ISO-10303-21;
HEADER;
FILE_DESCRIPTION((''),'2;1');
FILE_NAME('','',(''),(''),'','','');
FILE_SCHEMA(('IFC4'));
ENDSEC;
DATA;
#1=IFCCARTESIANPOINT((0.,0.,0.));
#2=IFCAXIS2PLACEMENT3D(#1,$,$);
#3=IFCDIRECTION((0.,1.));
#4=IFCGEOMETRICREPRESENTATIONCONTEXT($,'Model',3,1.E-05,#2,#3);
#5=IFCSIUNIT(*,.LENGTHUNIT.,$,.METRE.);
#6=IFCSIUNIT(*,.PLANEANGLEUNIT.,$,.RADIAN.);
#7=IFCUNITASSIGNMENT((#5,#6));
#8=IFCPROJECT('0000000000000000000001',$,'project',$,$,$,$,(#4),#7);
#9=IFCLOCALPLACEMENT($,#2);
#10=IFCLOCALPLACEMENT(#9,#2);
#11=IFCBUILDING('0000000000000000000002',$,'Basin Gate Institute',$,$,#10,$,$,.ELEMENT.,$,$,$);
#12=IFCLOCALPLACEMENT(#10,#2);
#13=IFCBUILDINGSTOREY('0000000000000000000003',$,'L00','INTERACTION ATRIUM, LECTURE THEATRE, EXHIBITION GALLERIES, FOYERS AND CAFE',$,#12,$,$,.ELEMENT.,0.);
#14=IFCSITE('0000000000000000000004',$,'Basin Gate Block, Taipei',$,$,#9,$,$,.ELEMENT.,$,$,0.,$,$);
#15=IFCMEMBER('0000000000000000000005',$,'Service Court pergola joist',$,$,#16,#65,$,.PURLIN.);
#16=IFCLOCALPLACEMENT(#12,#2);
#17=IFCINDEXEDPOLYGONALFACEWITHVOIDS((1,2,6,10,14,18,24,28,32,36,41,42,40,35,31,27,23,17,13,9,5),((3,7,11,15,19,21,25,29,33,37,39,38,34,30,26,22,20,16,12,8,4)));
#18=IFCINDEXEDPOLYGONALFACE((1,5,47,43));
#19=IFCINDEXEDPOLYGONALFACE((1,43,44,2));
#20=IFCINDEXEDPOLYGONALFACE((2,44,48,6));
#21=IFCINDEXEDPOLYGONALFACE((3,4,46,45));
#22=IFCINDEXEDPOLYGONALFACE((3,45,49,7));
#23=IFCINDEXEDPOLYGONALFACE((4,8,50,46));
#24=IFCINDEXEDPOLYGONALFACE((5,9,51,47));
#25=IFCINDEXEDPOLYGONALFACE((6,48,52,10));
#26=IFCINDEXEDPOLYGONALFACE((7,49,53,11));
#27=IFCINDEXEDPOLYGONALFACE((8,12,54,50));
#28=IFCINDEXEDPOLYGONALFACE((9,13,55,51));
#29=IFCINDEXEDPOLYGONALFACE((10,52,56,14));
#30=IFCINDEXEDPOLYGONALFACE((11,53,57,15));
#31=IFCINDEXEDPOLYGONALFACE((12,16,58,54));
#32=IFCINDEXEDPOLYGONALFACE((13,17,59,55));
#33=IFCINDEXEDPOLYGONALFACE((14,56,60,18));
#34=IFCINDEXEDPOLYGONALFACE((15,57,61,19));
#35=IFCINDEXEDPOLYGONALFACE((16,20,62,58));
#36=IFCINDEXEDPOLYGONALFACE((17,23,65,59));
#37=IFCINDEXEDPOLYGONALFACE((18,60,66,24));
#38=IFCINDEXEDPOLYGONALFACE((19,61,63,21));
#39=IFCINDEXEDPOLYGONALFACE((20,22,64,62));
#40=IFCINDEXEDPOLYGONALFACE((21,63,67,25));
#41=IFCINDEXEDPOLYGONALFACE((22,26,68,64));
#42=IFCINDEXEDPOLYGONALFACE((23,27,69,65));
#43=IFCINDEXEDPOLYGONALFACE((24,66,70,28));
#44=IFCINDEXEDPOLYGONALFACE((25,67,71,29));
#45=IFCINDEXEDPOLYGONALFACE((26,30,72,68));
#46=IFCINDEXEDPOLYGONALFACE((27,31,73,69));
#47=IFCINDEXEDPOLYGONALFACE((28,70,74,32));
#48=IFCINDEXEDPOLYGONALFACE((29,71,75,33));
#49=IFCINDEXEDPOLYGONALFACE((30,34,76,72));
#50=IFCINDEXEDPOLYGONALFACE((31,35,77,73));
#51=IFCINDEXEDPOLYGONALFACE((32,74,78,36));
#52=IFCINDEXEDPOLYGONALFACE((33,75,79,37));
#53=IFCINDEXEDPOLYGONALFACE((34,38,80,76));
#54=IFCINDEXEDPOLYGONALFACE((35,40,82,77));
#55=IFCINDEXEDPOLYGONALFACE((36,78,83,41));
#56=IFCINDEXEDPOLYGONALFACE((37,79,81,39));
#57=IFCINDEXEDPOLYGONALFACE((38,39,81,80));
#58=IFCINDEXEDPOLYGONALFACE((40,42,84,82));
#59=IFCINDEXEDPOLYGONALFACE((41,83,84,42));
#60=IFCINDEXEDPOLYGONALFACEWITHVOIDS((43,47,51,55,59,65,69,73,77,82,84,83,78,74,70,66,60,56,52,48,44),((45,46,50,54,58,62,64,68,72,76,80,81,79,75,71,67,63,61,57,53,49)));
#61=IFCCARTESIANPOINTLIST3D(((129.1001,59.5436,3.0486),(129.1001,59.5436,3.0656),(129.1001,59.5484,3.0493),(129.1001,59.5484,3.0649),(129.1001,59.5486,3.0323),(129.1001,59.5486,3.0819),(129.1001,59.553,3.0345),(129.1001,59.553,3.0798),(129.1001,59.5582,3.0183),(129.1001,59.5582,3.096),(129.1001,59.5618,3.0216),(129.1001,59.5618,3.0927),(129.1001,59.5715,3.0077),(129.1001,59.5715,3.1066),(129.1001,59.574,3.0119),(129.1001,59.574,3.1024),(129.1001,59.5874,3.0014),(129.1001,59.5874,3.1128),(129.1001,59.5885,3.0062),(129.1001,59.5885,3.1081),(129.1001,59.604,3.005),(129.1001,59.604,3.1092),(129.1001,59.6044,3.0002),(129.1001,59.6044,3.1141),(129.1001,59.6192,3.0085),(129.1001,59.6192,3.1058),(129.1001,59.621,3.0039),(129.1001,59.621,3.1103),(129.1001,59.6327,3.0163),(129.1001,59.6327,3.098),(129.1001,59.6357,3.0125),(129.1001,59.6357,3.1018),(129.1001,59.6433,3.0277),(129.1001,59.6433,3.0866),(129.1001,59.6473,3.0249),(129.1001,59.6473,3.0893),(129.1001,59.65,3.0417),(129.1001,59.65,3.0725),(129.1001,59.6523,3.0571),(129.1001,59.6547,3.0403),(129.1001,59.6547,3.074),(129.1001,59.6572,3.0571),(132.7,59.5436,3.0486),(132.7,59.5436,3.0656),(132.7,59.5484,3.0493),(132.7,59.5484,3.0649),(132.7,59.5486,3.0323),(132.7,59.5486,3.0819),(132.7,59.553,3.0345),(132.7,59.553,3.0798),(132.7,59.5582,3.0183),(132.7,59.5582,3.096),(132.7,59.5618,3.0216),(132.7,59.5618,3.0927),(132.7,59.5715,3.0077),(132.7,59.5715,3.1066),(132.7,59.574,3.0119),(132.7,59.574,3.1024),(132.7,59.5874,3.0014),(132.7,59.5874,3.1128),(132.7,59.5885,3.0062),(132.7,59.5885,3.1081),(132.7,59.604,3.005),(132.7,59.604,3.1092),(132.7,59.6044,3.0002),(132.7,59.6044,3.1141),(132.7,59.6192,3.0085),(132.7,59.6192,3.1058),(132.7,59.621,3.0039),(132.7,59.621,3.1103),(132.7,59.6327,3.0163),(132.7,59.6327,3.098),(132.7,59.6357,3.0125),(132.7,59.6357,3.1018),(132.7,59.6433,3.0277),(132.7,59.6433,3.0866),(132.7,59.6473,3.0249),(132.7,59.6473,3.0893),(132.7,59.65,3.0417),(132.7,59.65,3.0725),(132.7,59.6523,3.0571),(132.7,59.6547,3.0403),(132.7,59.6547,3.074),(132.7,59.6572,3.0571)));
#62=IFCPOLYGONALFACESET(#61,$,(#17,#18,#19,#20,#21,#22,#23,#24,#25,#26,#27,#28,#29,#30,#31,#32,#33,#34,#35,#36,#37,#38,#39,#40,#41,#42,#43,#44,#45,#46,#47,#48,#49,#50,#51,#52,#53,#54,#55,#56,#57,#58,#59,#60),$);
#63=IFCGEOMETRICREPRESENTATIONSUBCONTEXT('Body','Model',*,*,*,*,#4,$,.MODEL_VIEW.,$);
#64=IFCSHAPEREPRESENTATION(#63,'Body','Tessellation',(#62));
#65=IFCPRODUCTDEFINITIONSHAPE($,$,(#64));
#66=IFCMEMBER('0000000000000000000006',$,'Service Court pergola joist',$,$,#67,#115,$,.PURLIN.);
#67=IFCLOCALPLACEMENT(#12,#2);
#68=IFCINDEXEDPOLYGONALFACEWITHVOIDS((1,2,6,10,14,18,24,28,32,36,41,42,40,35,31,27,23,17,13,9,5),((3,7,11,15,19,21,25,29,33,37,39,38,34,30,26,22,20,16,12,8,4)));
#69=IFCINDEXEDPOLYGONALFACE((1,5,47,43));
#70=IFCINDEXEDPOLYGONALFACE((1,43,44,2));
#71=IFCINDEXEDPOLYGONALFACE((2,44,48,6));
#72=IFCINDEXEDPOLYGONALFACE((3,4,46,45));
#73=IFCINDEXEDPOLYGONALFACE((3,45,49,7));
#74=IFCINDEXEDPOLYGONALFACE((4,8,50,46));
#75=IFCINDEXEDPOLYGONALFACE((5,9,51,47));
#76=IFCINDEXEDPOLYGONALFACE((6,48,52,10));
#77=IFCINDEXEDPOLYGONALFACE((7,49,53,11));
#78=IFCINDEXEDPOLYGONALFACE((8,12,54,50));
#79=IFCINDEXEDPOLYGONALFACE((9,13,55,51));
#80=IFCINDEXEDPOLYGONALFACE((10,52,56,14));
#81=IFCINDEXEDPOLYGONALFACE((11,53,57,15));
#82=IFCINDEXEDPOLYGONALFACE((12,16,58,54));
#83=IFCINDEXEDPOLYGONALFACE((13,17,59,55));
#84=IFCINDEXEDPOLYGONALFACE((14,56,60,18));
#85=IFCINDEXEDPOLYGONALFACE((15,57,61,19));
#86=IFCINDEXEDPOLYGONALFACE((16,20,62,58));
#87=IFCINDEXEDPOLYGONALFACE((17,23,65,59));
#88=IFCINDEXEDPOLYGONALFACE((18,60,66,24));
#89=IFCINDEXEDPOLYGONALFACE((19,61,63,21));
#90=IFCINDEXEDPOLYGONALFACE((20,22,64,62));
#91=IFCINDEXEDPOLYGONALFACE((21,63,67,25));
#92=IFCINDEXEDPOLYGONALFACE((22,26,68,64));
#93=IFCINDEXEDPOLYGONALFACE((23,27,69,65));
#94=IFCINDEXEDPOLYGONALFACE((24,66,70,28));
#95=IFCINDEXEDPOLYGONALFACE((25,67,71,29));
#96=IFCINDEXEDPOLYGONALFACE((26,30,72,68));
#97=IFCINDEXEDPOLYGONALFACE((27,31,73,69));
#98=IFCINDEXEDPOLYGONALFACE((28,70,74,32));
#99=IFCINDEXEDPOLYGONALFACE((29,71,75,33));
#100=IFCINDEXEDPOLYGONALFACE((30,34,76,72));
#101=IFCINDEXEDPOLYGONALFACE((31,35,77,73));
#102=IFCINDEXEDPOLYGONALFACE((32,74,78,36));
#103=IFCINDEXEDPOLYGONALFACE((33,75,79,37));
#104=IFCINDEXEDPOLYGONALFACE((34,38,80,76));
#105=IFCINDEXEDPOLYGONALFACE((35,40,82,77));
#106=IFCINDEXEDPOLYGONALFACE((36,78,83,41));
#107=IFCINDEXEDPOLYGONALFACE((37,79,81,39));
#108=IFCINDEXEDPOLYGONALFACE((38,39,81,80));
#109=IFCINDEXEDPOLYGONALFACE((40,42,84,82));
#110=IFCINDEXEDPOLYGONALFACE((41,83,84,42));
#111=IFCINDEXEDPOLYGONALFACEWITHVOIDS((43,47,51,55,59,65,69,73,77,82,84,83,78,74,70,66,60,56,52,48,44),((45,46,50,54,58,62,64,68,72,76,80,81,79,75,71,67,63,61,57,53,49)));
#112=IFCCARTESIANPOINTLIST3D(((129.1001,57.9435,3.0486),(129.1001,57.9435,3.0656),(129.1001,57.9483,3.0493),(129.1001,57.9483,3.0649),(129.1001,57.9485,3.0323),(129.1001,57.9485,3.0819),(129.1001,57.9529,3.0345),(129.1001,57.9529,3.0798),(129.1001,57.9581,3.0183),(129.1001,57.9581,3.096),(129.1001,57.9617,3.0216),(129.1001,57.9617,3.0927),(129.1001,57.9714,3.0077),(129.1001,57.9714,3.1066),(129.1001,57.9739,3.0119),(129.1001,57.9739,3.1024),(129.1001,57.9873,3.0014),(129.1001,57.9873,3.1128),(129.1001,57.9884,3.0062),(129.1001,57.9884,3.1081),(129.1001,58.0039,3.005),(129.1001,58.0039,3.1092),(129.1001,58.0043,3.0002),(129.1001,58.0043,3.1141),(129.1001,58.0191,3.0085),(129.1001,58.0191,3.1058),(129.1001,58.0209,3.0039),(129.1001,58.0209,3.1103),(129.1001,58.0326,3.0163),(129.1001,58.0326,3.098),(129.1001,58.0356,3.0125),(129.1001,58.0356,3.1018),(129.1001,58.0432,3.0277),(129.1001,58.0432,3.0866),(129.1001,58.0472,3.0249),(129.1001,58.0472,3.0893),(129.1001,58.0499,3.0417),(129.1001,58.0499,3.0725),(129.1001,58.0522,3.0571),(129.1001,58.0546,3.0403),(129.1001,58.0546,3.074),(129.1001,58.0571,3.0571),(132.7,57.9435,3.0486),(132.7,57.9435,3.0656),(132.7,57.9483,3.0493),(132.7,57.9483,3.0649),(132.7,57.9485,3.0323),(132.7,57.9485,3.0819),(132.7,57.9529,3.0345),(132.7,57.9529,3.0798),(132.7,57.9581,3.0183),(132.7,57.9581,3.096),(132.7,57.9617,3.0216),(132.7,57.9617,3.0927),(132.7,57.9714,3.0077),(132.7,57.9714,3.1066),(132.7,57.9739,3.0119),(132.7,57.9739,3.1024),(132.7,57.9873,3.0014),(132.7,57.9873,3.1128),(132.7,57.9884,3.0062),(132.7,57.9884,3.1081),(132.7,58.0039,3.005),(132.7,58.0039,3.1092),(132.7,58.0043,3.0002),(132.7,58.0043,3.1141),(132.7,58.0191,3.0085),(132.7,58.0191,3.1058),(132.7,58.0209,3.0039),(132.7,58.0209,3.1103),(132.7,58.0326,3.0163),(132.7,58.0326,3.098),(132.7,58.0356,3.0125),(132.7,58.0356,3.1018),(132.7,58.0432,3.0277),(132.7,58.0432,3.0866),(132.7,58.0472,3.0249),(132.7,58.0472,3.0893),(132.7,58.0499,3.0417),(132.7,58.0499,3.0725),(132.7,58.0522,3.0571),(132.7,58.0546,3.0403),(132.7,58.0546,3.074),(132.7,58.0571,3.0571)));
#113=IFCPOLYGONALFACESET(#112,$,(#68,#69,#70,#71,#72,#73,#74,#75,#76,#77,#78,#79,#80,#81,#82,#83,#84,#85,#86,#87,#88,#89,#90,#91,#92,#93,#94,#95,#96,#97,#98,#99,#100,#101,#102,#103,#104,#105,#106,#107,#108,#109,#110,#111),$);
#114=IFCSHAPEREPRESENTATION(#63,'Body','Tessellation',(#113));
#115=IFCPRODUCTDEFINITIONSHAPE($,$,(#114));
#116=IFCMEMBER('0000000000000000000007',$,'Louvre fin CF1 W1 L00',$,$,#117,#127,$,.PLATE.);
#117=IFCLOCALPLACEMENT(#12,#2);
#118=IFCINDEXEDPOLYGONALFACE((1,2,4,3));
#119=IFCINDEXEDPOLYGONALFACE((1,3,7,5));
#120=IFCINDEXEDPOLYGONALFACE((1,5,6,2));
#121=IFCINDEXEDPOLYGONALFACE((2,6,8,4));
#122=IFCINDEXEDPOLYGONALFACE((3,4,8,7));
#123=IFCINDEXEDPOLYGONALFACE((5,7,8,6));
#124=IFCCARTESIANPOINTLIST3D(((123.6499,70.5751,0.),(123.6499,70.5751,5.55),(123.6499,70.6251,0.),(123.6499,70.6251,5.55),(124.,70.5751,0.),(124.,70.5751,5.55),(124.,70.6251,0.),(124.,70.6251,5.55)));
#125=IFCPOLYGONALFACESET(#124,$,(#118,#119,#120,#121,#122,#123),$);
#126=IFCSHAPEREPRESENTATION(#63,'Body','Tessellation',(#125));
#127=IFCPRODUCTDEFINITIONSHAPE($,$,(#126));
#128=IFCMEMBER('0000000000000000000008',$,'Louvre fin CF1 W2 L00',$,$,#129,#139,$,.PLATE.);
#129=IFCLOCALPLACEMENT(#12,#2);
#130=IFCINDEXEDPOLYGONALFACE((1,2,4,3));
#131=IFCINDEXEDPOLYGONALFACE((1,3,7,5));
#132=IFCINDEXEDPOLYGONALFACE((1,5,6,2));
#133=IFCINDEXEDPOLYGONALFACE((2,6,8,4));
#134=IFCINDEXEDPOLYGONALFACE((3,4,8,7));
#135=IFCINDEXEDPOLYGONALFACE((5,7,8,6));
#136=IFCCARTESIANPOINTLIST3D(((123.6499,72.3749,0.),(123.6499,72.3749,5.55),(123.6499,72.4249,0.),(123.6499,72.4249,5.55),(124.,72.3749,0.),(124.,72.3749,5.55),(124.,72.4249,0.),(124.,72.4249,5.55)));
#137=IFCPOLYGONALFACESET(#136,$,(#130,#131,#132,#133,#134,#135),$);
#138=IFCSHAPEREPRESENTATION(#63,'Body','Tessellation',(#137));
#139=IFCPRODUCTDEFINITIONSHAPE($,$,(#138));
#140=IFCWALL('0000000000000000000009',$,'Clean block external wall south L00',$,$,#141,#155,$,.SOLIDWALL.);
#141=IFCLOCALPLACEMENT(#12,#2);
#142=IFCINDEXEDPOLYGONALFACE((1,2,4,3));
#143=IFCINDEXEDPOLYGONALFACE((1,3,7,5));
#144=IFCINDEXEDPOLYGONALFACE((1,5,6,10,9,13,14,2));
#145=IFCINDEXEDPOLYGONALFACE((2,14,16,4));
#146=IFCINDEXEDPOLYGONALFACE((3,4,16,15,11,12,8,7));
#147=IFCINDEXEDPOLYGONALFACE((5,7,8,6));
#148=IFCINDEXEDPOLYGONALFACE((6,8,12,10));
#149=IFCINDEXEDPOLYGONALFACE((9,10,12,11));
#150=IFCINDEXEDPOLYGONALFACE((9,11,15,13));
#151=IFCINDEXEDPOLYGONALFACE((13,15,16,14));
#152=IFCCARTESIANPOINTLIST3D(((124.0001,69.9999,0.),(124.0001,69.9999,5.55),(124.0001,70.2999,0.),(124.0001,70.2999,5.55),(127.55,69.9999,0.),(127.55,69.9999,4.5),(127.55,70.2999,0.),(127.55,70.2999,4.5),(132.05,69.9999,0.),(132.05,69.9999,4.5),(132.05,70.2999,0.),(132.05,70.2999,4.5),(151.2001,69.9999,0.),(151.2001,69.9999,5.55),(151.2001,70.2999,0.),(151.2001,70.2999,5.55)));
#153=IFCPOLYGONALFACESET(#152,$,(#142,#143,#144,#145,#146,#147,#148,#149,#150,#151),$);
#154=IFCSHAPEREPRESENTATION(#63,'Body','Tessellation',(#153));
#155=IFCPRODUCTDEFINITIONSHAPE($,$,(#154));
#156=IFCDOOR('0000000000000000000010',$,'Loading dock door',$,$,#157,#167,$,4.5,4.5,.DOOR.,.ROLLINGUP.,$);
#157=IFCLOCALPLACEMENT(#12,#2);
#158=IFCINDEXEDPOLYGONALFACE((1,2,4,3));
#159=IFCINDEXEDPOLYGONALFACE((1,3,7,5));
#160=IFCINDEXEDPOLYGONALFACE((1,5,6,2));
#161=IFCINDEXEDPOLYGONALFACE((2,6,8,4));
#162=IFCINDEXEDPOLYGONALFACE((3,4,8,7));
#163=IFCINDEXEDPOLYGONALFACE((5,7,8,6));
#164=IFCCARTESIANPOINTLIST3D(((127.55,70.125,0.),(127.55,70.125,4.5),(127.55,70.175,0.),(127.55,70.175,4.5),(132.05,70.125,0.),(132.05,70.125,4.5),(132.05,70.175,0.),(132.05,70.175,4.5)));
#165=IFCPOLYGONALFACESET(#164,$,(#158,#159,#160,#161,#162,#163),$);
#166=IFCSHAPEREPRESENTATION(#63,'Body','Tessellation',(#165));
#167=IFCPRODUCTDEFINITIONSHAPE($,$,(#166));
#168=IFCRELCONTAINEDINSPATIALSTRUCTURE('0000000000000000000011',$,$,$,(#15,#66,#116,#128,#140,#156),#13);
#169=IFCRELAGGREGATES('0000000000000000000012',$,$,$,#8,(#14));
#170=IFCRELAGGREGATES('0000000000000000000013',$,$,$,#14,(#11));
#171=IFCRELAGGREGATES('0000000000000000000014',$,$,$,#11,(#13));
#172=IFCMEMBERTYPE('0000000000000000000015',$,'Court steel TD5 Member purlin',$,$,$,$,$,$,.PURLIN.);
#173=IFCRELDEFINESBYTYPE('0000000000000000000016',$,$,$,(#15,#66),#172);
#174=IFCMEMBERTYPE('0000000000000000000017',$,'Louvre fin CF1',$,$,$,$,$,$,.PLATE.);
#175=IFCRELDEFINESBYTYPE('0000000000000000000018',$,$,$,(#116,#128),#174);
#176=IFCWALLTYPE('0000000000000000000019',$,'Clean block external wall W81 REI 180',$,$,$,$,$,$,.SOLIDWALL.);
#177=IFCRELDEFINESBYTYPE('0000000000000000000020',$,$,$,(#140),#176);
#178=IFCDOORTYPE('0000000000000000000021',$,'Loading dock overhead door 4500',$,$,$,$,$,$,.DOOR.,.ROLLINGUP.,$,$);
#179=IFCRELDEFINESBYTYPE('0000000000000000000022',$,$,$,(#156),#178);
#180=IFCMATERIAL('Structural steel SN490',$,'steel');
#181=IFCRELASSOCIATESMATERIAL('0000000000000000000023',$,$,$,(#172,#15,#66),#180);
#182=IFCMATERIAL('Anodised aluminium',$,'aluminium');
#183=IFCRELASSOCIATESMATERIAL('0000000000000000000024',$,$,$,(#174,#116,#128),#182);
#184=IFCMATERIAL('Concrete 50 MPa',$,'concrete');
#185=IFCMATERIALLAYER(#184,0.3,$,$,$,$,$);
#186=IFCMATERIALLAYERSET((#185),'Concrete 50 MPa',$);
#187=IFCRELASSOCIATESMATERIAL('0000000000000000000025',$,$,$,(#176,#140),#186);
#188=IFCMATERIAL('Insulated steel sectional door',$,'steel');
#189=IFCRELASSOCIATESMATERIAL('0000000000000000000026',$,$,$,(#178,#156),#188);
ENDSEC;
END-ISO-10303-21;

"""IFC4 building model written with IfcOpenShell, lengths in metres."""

from ifc_helpers import new_model, si_unit, direction, frame, frame_2d, origin, origin_2d, place, context, subcontext, project, spatial, rectangle, hollow_circle, extrude, material, layer, layer_set, material_profile, profile_set, type_object, element, fill, save


model = new_model("IFC4")

# Units and contexts
model_context = context("Model", 3, precision=1e-05, world=origin(), true_north=direction((0.0, 1.0)))
body_context = subcontext(model_context, "Body", "Model", "MODEL_VIEW")
ifc_project = project(units=[si_unit("LENGTHUNIT", "METRE"), si_unit("PLANEANGLEUNIT", "RADIAN")], contexts=[model_context])

# Site, building, storey
site_placement = place(None, origin())
site = spatial("IfcSite", under=ifc_project, at=site_placement, Name="Basin Gate Block, Taipei", CompositionType="ELEMENT", RefElevation=0.0)
building_placement = place(site_placement, origin())
building = spatial("IfcBuilding", under=site, at=building_placement, Name="Basin Gate Institute", CompositionType="ELEMENT")
storey_placement = place(building_placement, origin())
storey = spatial("IfcBuildingStorey", under=building, at=storey_placement, Name="L00", Description="INTERACTION ATRIUM, LECTURE THEATRE, EXHIBITION GALLERIES, FOYERS AND CAFE", CompositionType="ELEMENT", Elevation=0.0)

# Members
ifc_material_1 = material(Name="Structural steel SN490", Category="steel")
ifc_material_profile_1 = material_profile(ifc_material_1, hollow_circle(Radius=0.0571, WallThickness=0.0049, at=origin_2d()), Name="CHS114x5")
ifc_profile_set_1 = profile_set([ifc_material_profile_1], Name="Structural steel SN490")
member_type_1 = type_object("IfcMemberType", Name="Court steel TD5 Member purlin", PredefinedType="PURLIN", material=ifc_profile_set_1)
for number, where, z_axis, x_axis, name in (
    (1, (129.1001, 59.6001, 3.0571), (1.0, 0.0, 0.0), (0.0, 1.0, 0.0), "Service Court pergola joist"),
    (2, (129.1001, 58.0, 3.0571), (1.0, 0.0, 0.0), (0.0, 1.0, 0.0), "Service Court pergola joist"),
):
    element("IfcMember", number, at=place(storey_placement, frame(where, z_axis=z_axis, x_axis=x_axis)), inside=storey, type_object=member_type_1, material=ifc_profile_set_1, Name=name, PredefinedType="PURLIN", context=body_context, shape_type="SweptSolid", body=[
        extrude(hollow_circle(Radius=0.0571, WallThickness=0.0049, at=origin_2d()), origin(), (0.0, 0.0, 1.0), 3.5999),
    ])
ifc_material_2 = material(Name="Anodised aluminium", Category="aluminium")
ifc_material_profile_2 = material_profile(ifc_material_2, rectangle(XDim=0.05, YDim=0.3501, at=origin_2d()), Name="Louvre fin CF1 50 x 350")
ifc_profile_set_2 = profile_set([ifc_material_profile_2], Name="Anodised aluminium")
member_type_2 = type_object("IfcMemberType", Name="Louvre fin CF1", PredefinedType="PLATE", material=ifc_profile_set_2)
for number, where, z_axis, x_axis, name in (
    (3, (123.825, 70.6001, 0.0), (0.0, 0.0, 1.0), (0.0, 1.0, 0.0), "Louvre fin CF1 W1 L00"),
    (4, (123.825, 72.3999, 0.0), (0.0, 0.0, 1.0), (0.0, 1.0, 0.0), "Louvre fin CF1 W2 L00"),
):
    element("IfcMember", number, at=place(storey_placement, frame(where, z_axis=z_axis, x_axis=x_axis)), inside=storey, type_object=member_type_2, material=ifc_profile_set_2, Name=name, PredefinedType="PLATE", context=body_context, shape_type="SweptSolid", body=[
        extrude(rectangle(XDim=0.05, YDim=0.3501, at=origin_2d()), origin(), (0.0, 0.0, 1.0), 5.55),
    ])

# Wall, opening, door
ifc_material_3 = material(Name="Concrete 50 MPa", Category="concrete")
ifc_layer_1 = layer(ifc_material_3, 0.3)
ifc_layer_set_1 = layer_set([ifc_layer_1], Name="Concrete 50 MPa")
wall_type_1 = type_object("IfcWallType", Name="Clean block external wall W81 REI 180", PredefinedType="SOLIDWALL", material=ifc_layer_set_1)
wall_1_placement = place(storey_placement, frame((124.0, 70.1499, 0.0), z_axis=(0.0, 0.0, 1.0), x_axis=(1.0, 0.0, 0.0)))
wall_1 = element("IfcWall", 5, at=wall_1_placement, inside=storey, type_object=wall_type_1, material=ifc_layer_set_1, Name="Clean block external wall south L00", PredefinedType="SOLIDWALL", context=body_context, shape_type="SweptSolid", body=[
    extrude(rectangle(XDim=27.2, YDim=0.3, at=frame_2d((13.6001, 0.0))), origin(), (0.0, 0.0, 1.0), 5.55),
])
opening_1_placement = place(wall_1_placement, frame((3.55, 0.0, 0.0)))
opening_1 = element("IfcOpeningElement", 6, at=opening_1_placement, cuts=wall_1, PredefinedType="OPENING", context=body_context, shape_type="SweptSolid", body=[
    extrude(rectangle(XDim=4.5, YDim=4.5, at=frame_2d((2.25, 2.25))), frame((0.0, 0.1602, 0.0), z_axis=(0.0, -1.0, 0.0), x_axis=(1.0, 0.0, 0.0)), (0.0, 0.0, 1.0), 0.3201),
])
ifc_material_4 = material(Name="Insulated steel sectional door", Category="steel")
door_type_1 = type_object("IfcDoorType", Name="Loading dock overhead door 4500", OperationType="ROLLINGUP", PredefinedType="DOOR", material=ifc_material_4)
door_1_placement = place(opening_1_placement, frame((4.5, 0.0, 0.0), z_axis=(0.0, 0.0, 1.0), x_axis=(-1.0, 0.0, 0.0)))
door_1 = element("IfcDoor", 7, at=door_1_placement, inside=storey, type_object=door_type_1, material=ifc_material_4, Name="Loading dock door", OperationType="ROLLINGUP", OverallHeight=4.5, OverallWidth=4.5, PredefinedType="DOOR", context=body_context, shape_type="SweptSolid", body=[
    extrude(rectangle(XDim=4.5, YDim=4.5, at=frame_2d((2.25, 2.25))), frame((0.0, 0.0249, 0.0), z_axis=(0.0, -1.0, 0.0), x_axis=(1.0, 0.0, 0.0)), (0.0, 0.0, 1.0), 0.05),
])
fill(opening_1, door_1)

save(model, "model.ifc")
